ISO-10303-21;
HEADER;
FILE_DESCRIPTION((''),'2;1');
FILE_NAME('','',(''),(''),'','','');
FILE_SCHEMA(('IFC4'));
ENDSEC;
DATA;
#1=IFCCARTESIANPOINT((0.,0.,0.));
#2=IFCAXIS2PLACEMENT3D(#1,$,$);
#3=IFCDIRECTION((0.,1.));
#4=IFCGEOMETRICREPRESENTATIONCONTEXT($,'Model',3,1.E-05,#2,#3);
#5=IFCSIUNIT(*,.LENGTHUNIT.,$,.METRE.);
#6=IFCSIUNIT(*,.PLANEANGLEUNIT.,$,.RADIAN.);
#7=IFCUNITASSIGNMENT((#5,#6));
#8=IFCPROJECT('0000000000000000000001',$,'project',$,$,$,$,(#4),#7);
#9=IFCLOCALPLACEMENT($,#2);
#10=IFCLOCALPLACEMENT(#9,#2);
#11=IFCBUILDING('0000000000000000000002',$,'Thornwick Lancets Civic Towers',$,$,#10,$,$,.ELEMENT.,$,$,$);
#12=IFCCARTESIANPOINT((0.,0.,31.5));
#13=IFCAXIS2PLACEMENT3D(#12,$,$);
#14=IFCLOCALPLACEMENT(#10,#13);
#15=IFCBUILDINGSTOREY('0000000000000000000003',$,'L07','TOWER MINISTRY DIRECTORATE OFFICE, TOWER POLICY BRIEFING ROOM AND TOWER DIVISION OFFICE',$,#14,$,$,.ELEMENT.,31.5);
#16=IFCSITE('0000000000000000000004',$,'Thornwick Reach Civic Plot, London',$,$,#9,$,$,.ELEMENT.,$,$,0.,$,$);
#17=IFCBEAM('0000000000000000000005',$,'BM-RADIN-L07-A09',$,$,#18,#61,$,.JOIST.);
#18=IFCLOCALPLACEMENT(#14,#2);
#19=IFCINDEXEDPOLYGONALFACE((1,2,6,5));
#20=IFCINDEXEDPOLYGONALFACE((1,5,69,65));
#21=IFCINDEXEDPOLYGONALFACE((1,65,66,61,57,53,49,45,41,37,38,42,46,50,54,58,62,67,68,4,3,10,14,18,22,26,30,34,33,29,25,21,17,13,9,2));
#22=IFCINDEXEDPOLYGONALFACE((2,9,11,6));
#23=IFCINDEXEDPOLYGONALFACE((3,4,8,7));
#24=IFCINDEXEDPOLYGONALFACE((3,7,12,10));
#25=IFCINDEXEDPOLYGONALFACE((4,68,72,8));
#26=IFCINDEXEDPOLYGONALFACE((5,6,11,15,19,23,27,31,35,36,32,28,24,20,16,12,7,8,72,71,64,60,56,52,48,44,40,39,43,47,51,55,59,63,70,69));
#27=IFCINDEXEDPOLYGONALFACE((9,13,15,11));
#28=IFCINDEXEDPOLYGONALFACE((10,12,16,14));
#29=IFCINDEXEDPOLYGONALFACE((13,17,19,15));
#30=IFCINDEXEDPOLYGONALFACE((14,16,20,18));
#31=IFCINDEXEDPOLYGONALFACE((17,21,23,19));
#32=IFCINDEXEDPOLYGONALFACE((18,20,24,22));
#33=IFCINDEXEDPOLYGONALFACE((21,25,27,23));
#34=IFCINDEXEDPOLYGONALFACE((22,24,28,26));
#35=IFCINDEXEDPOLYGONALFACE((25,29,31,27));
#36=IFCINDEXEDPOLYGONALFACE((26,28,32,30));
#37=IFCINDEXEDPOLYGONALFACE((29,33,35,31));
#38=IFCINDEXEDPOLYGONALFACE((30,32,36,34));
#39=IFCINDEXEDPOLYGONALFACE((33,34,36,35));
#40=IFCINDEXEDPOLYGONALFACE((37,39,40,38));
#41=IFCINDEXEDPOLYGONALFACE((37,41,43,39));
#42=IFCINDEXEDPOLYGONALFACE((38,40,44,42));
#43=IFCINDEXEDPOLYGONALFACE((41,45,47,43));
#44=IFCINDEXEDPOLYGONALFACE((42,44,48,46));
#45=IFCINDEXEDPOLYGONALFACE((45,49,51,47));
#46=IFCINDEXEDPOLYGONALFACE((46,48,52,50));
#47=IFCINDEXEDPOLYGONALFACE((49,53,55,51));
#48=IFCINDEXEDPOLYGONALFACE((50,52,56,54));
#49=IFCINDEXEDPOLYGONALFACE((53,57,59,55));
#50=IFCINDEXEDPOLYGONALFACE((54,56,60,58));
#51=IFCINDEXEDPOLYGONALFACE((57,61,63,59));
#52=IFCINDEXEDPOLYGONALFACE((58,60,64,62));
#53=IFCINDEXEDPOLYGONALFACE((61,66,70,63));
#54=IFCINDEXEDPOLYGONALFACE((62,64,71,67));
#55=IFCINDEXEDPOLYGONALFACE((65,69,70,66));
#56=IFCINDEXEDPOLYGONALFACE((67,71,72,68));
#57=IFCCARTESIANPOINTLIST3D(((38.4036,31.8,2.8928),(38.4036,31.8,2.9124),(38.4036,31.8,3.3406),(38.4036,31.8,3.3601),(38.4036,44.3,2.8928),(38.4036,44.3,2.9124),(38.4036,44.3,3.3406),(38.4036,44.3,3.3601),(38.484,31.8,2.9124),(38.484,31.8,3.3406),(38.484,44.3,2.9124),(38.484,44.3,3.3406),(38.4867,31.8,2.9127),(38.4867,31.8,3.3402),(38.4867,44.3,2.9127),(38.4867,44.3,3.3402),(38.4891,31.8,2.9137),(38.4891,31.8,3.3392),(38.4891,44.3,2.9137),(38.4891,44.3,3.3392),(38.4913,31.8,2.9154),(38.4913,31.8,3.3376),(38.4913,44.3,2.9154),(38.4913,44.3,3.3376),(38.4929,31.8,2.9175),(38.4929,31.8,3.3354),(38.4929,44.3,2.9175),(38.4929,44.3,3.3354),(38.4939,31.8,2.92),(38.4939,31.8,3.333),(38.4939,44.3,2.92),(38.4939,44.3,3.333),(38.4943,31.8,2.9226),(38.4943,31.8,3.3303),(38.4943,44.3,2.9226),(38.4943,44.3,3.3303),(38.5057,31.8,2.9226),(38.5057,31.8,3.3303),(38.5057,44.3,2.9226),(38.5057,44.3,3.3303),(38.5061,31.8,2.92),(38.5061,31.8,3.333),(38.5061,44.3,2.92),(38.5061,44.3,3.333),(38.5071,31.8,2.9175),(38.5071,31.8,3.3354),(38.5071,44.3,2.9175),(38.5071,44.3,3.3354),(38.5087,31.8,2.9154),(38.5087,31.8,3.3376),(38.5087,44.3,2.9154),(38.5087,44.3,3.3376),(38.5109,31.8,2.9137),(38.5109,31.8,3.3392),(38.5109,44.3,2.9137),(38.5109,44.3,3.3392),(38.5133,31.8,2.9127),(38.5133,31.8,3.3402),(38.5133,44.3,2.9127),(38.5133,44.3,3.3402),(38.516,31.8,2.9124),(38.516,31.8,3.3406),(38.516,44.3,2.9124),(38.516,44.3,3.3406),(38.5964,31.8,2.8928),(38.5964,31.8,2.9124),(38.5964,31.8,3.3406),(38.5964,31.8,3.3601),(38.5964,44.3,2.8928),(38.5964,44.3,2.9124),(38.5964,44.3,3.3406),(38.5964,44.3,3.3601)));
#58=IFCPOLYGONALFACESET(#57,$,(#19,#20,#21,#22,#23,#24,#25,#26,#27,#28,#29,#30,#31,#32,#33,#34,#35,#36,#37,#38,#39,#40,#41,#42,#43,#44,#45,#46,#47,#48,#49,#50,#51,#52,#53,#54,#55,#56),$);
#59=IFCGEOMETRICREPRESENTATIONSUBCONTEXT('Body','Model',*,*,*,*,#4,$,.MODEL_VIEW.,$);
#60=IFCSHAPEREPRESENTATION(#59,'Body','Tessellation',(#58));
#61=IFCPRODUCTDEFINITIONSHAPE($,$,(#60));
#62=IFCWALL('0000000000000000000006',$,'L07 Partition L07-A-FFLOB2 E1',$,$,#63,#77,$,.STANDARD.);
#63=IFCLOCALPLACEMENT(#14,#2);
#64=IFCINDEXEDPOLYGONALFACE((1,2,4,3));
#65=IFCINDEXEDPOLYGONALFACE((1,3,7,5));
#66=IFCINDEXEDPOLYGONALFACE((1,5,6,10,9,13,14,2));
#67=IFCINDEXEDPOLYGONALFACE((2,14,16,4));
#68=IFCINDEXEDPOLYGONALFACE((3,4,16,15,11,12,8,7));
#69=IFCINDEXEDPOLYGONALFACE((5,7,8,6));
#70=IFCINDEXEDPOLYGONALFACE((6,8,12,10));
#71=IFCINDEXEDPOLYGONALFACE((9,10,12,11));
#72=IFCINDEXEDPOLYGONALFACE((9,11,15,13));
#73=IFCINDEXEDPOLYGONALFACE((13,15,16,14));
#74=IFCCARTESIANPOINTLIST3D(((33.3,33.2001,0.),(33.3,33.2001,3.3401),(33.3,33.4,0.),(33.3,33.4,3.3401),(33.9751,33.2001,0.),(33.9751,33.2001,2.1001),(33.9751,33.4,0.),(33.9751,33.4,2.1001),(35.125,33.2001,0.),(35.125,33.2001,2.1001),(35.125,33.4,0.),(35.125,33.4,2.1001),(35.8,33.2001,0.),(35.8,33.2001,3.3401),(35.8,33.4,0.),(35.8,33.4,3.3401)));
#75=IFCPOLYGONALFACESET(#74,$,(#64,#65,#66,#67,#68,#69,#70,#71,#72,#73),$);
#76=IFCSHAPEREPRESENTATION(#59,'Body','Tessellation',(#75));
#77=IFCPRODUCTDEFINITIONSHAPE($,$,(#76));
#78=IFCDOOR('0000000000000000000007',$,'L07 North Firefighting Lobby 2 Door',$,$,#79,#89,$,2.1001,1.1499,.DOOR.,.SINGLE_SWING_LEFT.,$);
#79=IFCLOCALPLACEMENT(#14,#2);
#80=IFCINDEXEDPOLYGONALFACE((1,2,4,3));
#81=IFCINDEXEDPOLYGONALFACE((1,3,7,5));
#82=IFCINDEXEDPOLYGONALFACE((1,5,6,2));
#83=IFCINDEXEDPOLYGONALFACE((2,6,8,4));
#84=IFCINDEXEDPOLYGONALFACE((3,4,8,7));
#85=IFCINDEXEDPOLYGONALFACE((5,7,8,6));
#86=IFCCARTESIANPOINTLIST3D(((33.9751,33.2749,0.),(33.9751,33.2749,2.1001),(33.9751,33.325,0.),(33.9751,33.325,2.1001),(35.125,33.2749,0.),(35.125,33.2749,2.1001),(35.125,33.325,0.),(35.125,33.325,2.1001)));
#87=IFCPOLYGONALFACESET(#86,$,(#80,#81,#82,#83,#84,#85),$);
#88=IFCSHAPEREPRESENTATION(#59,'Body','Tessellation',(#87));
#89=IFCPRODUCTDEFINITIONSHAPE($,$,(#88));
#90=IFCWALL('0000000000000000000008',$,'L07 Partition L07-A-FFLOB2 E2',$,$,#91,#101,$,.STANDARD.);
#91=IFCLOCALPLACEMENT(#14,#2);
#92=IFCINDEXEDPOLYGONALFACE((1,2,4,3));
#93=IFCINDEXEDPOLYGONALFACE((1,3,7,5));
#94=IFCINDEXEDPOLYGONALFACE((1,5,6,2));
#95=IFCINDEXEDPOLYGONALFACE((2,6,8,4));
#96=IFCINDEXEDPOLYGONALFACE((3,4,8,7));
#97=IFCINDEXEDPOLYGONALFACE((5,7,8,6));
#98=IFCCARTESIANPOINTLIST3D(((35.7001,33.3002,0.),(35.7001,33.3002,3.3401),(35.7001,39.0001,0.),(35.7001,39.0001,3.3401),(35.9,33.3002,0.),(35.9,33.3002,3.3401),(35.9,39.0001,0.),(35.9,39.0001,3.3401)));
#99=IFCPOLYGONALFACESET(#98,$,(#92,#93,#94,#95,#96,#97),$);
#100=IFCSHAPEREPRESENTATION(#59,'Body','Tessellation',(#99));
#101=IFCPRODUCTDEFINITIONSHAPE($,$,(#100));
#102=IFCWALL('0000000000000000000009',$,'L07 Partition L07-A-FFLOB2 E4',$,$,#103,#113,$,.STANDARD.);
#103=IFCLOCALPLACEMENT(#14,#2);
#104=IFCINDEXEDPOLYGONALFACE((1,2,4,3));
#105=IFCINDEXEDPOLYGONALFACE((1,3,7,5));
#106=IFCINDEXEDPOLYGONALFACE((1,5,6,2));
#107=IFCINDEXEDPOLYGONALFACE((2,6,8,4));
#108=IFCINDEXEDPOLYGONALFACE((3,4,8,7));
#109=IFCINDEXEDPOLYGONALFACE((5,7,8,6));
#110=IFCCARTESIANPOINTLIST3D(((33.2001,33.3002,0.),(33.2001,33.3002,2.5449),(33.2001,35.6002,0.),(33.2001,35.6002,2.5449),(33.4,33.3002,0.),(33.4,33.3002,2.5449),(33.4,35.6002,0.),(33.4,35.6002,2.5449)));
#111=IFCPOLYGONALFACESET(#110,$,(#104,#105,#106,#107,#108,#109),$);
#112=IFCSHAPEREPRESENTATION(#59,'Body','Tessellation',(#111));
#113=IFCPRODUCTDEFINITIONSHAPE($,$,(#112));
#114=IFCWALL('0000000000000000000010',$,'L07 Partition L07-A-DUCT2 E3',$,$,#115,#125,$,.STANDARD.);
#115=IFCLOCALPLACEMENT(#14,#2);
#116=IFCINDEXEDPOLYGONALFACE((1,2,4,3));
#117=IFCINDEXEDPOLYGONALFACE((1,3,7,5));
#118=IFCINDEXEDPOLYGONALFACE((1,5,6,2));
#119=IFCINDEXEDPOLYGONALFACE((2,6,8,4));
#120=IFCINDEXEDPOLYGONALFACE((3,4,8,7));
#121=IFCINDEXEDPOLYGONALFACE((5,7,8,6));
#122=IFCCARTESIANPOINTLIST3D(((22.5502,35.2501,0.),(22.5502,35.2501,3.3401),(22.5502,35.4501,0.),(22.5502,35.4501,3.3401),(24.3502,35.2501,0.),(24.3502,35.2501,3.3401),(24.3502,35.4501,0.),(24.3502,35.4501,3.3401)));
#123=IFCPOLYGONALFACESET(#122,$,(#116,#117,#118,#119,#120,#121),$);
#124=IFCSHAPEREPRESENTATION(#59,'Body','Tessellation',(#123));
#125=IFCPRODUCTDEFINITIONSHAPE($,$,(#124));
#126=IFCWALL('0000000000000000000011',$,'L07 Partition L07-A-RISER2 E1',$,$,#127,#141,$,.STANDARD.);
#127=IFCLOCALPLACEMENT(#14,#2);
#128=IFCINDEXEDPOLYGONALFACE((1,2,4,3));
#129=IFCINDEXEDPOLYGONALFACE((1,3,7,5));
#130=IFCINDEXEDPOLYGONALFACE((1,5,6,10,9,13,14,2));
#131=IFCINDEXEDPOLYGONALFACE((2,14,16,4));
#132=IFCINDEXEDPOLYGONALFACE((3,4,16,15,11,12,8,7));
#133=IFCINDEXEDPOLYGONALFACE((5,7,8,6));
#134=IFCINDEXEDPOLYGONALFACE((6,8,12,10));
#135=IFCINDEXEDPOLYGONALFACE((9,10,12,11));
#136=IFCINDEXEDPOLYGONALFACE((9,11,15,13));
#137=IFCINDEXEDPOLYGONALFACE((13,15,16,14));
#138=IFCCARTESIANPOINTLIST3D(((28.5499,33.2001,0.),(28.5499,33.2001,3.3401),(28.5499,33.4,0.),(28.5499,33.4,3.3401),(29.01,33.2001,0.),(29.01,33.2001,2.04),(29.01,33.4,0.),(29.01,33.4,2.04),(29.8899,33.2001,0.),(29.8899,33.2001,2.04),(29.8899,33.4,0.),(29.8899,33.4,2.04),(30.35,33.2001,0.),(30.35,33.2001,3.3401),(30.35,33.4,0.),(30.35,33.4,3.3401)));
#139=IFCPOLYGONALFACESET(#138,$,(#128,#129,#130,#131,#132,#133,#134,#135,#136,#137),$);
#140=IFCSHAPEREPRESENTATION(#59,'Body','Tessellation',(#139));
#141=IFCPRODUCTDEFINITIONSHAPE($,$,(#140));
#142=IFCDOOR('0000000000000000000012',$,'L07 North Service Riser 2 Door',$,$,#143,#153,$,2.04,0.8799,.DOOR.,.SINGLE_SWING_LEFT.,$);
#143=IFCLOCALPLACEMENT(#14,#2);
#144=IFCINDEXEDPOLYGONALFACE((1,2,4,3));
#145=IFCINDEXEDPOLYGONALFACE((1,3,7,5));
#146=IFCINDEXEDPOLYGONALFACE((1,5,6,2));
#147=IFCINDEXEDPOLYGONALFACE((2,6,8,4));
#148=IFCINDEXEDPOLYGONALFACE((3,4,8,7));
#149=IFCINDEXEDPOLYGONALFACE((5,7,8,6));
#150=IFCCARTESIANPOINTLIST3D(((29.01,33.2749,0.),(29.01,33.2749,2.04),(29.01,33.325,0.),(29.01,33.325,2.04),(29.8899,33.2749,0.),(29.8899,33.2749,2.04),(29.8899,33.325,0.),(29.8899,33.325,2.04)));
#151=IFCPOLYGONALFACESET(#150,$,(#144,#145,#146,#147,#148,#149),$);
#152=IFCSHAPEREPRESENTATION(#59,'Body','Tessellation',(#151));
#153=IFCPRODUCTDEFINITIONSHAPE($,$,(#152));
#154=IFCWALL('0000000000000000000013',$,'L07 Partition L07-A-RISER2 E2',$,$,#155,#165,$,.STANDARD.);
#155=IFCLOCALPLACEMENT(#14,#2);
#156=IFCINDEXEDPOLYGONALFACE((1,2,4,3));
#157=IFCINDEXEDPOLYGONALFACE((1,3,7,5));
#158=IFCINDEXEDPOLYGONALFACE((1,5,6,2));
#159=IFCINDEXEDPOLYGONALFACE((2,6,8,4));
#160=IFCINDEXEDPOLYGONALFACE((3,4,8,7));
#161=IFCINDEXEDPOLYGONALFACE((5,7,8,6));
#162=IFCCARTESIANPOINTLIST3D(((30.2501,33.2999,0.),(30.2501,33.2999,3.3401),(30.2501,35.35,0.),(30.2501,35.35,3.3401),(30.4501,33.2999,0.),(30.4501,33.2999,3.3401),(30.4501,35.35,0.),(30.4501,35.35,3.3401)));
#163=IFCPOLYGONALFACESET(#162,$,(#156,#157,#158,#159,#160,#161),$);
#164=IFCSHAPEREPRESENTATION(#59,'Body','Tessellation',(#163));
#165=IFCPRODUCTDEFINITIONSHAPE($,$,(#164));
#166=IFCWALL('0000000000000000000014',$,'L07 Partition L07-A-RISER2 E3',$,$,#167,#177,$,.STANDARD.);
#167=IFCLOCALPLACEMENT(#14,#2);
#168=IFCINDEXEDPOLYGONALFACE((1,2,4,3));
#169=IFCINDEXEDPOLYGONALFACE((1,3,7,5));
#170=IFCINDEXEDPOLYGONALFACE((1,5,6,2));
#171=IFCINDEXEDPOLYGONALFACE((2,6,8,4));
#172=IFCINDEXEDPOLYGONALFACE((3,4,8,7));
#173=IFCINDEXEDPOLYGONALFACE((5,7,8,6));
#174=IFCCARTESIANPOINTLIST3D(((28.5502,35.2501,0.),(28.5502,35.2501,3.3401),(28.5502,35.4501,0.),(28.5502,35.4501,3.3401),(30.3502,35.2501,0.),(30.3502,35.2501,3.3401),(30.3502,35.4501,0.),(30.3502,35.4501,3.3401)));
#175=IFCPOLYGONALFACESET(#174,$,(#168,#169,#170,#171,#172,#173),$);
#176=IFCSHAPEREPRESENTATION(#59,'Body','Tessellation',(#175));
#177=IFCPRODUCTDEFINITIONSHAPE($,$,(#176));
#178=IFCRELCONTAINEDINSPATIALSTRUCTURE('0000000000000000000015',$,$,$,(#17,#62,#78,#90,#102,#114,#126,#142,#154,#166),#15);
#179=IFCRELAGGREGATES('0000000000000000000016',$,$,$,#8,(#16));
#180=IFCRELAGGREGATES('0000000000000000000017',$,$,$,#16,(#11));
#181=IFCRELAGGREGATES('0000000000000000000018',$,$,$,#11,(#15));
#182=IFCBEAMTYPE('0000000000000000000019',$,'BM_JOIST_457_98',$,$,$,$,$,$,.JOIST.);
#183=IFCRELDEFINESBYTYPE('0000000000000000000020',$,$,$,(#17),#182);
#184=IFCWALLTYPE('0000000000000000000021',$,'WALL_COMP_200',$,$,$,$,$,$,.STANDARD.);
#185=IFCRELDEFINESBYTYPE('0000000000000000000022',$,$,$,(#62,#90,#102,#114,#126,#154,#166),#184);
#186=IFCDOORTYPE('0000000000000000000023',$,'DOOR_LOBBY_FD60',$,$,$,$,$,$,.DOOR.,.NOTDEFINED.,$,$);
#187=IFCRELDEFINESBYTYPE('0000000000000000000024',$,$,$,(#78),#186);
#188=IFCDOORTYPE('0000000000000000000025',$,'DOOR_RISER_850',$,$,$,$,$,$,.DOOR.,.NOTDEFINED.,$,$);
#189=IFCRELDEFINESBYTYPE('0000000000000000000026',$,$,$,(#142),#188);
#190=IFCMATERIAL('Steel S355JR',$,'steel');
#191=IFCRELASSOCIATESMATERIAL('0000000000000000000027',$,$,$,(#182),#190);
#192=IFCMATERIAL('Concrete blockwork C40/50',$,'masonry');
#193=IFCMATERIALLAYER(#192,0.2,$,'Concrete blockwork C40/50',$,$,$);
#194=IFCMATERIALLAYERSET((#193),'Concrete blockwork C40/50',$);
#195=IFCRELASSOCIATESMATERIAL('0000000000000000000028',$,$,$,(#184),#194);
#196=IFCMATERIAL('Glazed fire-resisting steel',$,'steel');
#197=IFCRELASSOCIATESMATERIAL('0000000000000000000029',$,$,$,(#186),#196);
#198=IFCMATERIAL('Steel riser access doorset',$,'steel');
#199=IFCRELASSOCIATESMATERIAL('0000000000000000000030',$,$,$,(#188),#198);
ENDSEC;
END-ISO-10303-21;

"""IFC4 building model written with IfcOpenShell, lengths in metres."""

from ifc_helpers import new_model, si_unit, direction, frame, frame_2d, origin, origin_2d, place, context, subcontext, project, spatial, rectangle, i_section, extrude, material, layer, layer_set, material_profile, profile_set, type_object, element, fill, save


model = new_model("IFC4")

# Units and contexts
model_context = context("Model", 3, precision=1e-05, world=origin(), true_north=direction((0.0, 1.0)))
body_context = subcontext(model_context, "Body", "Model", "MODEL_VIEW")
ifc_project = project(units=[si_unit("LENGTHUNIT", "METRE"), si_unit("PLANEANGLEUNIT", "RADIAN")], contexts=[model_context])

# Site, building, storey
site_placement = place(None, origin())
site = spatial("IfcSite", under=ifc_project, at=site_placement, Name="Thornwick Reach Civic Plot, London", CompositionType="ELEMENT", RefElevation=0.0)
building_placement = place(site_placement, origin())
building = spatial("IfcBuilding", under=site, at=building_placement, Name="Thornwick Lancets Civic Towers", CompositionType="ELEMENT")
storey_placement = place(building_placement, frame((0.0, 0.0, 31.5)))
storey = spatial("IfcBuildingStorey", under=building, at=storey_placement, Name="L07", Description="TOWER MINISTRY DIRECTORATE OFFICE, TOWER POLICY BRIEFING ROOM AND TOWER DIVISION OFFICE", CompositionType="ELEMENT", Elevation=31.5)

# Beam
ifc_material_1 = material(Name="Steel S355JR", Category="steel")
ifc_material_profile_1 = material_profile(ifc_material_1, i_section(OverallWidth=0.1929, OverallDepth=0.4673, WebThickness=0.0115, FlangeThickness=0.0195, FilletRadius=0.0103, at=origin_2d()), Name="UKB 457x191x98")
ifc_profile_set_1 = profile_set([ifc_material_profile_1], Name="Steel S355JR")
beam_type_1 = type_object("IfcBeamType", Name="BM_JOIST_457_98", PredefinedType="JOIST", material=ifc_profile_set_1)
beam_1_placement = place(storey_placement, frame((38.5, 31.8, 3.1265), z_axis=(0.0, 1.0, 0.0), x_axis=(-1.0, 0.0, 0.0)))
element("IfcBeam", 1, at=beam_1_placement, inside=storey, type_object=beam_type_1, Name="BM-RADIN-L07-A09", PredefinedType="JOIST", context=body_context, shape_type="SweptSolid", body=[
    extrude(i_section(OverallWidth=0.1929, OverallDepth=0.4673, WebThickness=0.0115, FlangeThickness=0.0195, FilletRadius=0.0103, at=origin_2d()), origin(), (0.0, 0.0, 1.0), 12.5),
])

# Wall, opening, door
ifc_material_2 = material(Name="Concrete blockwork C40/50", Category="masonry")
ifc_layer_1 = layer(ifc_material_2, 0.2, Name="Concrete blockwork C40/50")
ifc_layer_set_1 = layer_set([ifc_layer_1], Name="Concrete blockwork C40/50")
wall_type_1 = type_object("IfcWallType", Name="WALL_COMP_200", PredefinedType="STANDARD", material=ifc_layer_set_1)
wall_1_placement = place(storey_placement, frame((33.3, 33.3, 0.0), z_axis=(0.0, 0.0, 1.0), x_axis=(1.0, 0.0, 0.0)))
wall_1 = element("IfcWall", 2, at=wall_1_placement, inside=storey, type_object=wall_type_1, Name="L07 Partition L07-A-FFLOB2 E1", PredefinedType="STANDARD", context=body_context, shape_type="SweptSolid", body=[
    extrude(rectangle(XDim=2.5, YDim=0.2, at=frame_2d((1.25, 0.0))), origin(), (0.0, 0.0, 1.0), 3.3401),
])
opening_1_placement = place(wall_1_placement, frame((0.675, 0.0, 0.0)))
opening_1 = element("IfcOpeningElement", 3, at=opening_1_placement, cuts=wall_1, PredefinedType="OPENING", context=body_context, shape_type="SweptSolid", body=[
    extrude(rectangle(XDim=1.1499, YDim=2.1001, at=frame_2d((0.575, 1.05))), frame((0.0, 0.1099, 0.0), z_axis=(0.0, -1.0, 0.0), x_axis=(1.0, 0.0, 0.0)), (0.0, 0.0, 1.0), 0.22),
])
ifc_material_3 = material(Name="Glazed fire-resisting steel", Category="steel")
door_type_1 = type_object("IfcDoorType", Name="DOOR_LOBBY_FD60", OperationType="NOTDEFINED", PredefinedType="DOOR", material=ifc_material_3)
door_1_placement = place(opening_1_placement, origin())
door_1 = element("IfcDoor", 4, at=door_1_placement, inside=storey, type_object=door_type_1, Name="L07 North Firefighting Lobby 2 Door", OperationType="SINGLE_SWING_LEFT", OverallHeight=2.1001, OverallWidth=1.1499, PredefinedType="DOOR", context=body_context, shape_type="SweptSolid", body=[
    extrude(rectangle(XDim=1.1499, YDim=2.1001, at=frame_2d((0.575, 1.05))), frame((0.0, 0.0249, 0.0), z_axis=(0.0, -1.0, 0.0), x_axis=(1.0, 0.0, 0.0)), (0.0, 0.0, 1.0), 0.05),
])
fill(opening_1, door_1)

# Walls
wall_2_placement = place(storey_placement, frame((35.8, 33.3, 0.0), z_axis=(0.0, 0.0, 1.0), x_axis=(0.0, 1.0, 0.0)))
element("IfcWall", 5, at=wall_2_placement, inside=storey, type_object=wall_type_1, Name="L07 Partition L07-A-FFLOB2 E2", PredefinedType="STANDARD", context=body_context, shape_type="SweptSolid", body=[
    extrude(rectangle(XDim=5.7, YDim=0.2, at=frame_2d((2.8501, 0.0))), origin(), (0.0, 0.0, 1.0), 3.3401),
])
wall_3_placement = place(storey_placement, frame((33.3, 35.6001, 0.0), z_axis=(0.0, 0.0, 1.0), x_axis=(0.0, -1.0, 0.0)))
element("IfcWall", 6, at=wall_3_placement, inside=storey, type_object=wall_type_1, Name="L07 Partition L07-A-FFLOB2 E4", PredefinedType="STANDARD", context=body_context, shape_type="SweptSolid", body=[
    extrude(rectangle(XDim=2.3, YDim=0.2, at=frame_2d((1.1499, 0.0))), origin(), (0.0, 0.0, 1.0), 2.5449),
])
wall_4_placement = place(storey_placement, frame((24.3501, 35.3501, 0.0), z_axis=(0.0, 0.0, 1.0), x_axis=(-1.0, 0.0, 0.0)))
element("IfcWall", 7, at=wall_4_placement, inside=storey, type_object=wall_type_1, Name="L07 Partition L07-A-DUCT2 E3", PredefinedType="STANDARD", context=body_context, shape_type="SweptSolid", body=[
    extrude(rectangle(XDim=1.8, YDim=0.2, at=frame_2d((0.8999, 0.0))), origin(), (0.0, 0.0, 1.0), 3.3401),
])

# Wall, opening, door
wall_5_placement = place(storey_placement, frame((28.55, 33.3, 0.0), z_axis=(0.0, 0.0, 1.0), x_axis=(1.0, 0.0, 0.0)))
wall_5 = element("IfcWall", 8, at=wall_5_placement, inside=storey, type_object=wall_type_1, Name="L07 Partition L07-A-RISER2 E1", PredefinedType="STANDARD", context=body_context, shape_type="SweptSolid", body=[
    extrude(rectangle(XDim=1.8, YDim=0.2, at=frame_2d((0.8999, 0.0))), origin(), (0.0, 0.0, 1.0), 3.3401),
])
opening_2_placement = place(wall_5_placement, frame((0.46, 0.0, 0.0)))
opening_2 = element("IfcOpeningElement", 9, at=opening_2_placement, cuts=wall_5, PredefinedType="OPENING", context=body_context, shape_type="SweptSolid", body=[
    extrude(rectangle(XDim=0.8799, YDim=2.04, at=frame_2d((0.4399, 1.02))), frame((0.0, 0.1099, 0.0), z_axis=(0.0, -1.0, 0.0), x_axis=(1.0, 0.0, 0.0)), (0.0, 0.0, 1.0), 0.22),
])
ifc_material_4 = material(Name="Steel riser access doorset", Category="steel")
door_type_2 = type_object("IfcDoorType", Name="DOOR_RISER_850", OperationType="NOTDEFINED", PredefinedType="DOOR", material=ifc_material_4)
door_2_placement = place(opening_2_placement, origin())
door_2 = element("IfcDoor", 10, at=door_2_placement, inside=storey, type_object=door_type_2, Name="L07 North Service Riser 2 Door", OperationType="SINGLE_SWING_LEFT", OverallHeight=2.04, OverallWidth=0.8799, PredefinedType="DOOR", context=body_context, shape_type="SweptSolid", body=[
    extrude(rectangle(XDim=0.8799, YDim=2.04, at=frame_2d((0.4399, 1.02))), frame((0.0, 0.0249, 0.0), z_axis=(0.0, -1.0, 0.0), x_axis=(1.0, 0.0, 0.0)), (0.0, 0.0, 1.0), 0.05),
])
fill(opening_2, door_2)

# Walls
wall_6_placement = place(storey_placement, frame((30.3501, 33.3, 0.0), z_axis=(0.0, 0.0, 1.0), x_axis=(0.0, 1.0, 0.0)))
element("IfcWall", 11, at=wall_6_placement, inside=storey, type_object=wall_type_1, Name="L07 Partition L07-A-RISER2 E2", PredefinedType="STANDARD", context=body_context, shape_type="SweptSolid", body=[
    extrude(rectangle(XDim=2.05, YDim=0.2, at=frame_2d((1.0249, 0.0))), origin(), (0.0, 0.0, 1.0), 3.3401),
])
wall_7_placement = place(storey_placement, frame((30.3501, 35.3501, 0.0), z_axis=(0.0, 0.0, 1.0), x_axis=(-1.0, 0.0, 0.0)))
element("IfcWall", 12, at=wall_7_placement, inside=storey, type_object=wall_type_1, Name="L07 Partition L07-A-RISER2 E3", PredefinedType="STANDARD", context=body_context, shape_type="SweptSolid", body=[
    extrude(rectangle(XDim=1.8, YDim=0.2, at=frame_2d((0.8999, 0.0))), origin(), (0.0, 0.0, 1.0), 3.3401),
])

save(model, "model.ifc")
